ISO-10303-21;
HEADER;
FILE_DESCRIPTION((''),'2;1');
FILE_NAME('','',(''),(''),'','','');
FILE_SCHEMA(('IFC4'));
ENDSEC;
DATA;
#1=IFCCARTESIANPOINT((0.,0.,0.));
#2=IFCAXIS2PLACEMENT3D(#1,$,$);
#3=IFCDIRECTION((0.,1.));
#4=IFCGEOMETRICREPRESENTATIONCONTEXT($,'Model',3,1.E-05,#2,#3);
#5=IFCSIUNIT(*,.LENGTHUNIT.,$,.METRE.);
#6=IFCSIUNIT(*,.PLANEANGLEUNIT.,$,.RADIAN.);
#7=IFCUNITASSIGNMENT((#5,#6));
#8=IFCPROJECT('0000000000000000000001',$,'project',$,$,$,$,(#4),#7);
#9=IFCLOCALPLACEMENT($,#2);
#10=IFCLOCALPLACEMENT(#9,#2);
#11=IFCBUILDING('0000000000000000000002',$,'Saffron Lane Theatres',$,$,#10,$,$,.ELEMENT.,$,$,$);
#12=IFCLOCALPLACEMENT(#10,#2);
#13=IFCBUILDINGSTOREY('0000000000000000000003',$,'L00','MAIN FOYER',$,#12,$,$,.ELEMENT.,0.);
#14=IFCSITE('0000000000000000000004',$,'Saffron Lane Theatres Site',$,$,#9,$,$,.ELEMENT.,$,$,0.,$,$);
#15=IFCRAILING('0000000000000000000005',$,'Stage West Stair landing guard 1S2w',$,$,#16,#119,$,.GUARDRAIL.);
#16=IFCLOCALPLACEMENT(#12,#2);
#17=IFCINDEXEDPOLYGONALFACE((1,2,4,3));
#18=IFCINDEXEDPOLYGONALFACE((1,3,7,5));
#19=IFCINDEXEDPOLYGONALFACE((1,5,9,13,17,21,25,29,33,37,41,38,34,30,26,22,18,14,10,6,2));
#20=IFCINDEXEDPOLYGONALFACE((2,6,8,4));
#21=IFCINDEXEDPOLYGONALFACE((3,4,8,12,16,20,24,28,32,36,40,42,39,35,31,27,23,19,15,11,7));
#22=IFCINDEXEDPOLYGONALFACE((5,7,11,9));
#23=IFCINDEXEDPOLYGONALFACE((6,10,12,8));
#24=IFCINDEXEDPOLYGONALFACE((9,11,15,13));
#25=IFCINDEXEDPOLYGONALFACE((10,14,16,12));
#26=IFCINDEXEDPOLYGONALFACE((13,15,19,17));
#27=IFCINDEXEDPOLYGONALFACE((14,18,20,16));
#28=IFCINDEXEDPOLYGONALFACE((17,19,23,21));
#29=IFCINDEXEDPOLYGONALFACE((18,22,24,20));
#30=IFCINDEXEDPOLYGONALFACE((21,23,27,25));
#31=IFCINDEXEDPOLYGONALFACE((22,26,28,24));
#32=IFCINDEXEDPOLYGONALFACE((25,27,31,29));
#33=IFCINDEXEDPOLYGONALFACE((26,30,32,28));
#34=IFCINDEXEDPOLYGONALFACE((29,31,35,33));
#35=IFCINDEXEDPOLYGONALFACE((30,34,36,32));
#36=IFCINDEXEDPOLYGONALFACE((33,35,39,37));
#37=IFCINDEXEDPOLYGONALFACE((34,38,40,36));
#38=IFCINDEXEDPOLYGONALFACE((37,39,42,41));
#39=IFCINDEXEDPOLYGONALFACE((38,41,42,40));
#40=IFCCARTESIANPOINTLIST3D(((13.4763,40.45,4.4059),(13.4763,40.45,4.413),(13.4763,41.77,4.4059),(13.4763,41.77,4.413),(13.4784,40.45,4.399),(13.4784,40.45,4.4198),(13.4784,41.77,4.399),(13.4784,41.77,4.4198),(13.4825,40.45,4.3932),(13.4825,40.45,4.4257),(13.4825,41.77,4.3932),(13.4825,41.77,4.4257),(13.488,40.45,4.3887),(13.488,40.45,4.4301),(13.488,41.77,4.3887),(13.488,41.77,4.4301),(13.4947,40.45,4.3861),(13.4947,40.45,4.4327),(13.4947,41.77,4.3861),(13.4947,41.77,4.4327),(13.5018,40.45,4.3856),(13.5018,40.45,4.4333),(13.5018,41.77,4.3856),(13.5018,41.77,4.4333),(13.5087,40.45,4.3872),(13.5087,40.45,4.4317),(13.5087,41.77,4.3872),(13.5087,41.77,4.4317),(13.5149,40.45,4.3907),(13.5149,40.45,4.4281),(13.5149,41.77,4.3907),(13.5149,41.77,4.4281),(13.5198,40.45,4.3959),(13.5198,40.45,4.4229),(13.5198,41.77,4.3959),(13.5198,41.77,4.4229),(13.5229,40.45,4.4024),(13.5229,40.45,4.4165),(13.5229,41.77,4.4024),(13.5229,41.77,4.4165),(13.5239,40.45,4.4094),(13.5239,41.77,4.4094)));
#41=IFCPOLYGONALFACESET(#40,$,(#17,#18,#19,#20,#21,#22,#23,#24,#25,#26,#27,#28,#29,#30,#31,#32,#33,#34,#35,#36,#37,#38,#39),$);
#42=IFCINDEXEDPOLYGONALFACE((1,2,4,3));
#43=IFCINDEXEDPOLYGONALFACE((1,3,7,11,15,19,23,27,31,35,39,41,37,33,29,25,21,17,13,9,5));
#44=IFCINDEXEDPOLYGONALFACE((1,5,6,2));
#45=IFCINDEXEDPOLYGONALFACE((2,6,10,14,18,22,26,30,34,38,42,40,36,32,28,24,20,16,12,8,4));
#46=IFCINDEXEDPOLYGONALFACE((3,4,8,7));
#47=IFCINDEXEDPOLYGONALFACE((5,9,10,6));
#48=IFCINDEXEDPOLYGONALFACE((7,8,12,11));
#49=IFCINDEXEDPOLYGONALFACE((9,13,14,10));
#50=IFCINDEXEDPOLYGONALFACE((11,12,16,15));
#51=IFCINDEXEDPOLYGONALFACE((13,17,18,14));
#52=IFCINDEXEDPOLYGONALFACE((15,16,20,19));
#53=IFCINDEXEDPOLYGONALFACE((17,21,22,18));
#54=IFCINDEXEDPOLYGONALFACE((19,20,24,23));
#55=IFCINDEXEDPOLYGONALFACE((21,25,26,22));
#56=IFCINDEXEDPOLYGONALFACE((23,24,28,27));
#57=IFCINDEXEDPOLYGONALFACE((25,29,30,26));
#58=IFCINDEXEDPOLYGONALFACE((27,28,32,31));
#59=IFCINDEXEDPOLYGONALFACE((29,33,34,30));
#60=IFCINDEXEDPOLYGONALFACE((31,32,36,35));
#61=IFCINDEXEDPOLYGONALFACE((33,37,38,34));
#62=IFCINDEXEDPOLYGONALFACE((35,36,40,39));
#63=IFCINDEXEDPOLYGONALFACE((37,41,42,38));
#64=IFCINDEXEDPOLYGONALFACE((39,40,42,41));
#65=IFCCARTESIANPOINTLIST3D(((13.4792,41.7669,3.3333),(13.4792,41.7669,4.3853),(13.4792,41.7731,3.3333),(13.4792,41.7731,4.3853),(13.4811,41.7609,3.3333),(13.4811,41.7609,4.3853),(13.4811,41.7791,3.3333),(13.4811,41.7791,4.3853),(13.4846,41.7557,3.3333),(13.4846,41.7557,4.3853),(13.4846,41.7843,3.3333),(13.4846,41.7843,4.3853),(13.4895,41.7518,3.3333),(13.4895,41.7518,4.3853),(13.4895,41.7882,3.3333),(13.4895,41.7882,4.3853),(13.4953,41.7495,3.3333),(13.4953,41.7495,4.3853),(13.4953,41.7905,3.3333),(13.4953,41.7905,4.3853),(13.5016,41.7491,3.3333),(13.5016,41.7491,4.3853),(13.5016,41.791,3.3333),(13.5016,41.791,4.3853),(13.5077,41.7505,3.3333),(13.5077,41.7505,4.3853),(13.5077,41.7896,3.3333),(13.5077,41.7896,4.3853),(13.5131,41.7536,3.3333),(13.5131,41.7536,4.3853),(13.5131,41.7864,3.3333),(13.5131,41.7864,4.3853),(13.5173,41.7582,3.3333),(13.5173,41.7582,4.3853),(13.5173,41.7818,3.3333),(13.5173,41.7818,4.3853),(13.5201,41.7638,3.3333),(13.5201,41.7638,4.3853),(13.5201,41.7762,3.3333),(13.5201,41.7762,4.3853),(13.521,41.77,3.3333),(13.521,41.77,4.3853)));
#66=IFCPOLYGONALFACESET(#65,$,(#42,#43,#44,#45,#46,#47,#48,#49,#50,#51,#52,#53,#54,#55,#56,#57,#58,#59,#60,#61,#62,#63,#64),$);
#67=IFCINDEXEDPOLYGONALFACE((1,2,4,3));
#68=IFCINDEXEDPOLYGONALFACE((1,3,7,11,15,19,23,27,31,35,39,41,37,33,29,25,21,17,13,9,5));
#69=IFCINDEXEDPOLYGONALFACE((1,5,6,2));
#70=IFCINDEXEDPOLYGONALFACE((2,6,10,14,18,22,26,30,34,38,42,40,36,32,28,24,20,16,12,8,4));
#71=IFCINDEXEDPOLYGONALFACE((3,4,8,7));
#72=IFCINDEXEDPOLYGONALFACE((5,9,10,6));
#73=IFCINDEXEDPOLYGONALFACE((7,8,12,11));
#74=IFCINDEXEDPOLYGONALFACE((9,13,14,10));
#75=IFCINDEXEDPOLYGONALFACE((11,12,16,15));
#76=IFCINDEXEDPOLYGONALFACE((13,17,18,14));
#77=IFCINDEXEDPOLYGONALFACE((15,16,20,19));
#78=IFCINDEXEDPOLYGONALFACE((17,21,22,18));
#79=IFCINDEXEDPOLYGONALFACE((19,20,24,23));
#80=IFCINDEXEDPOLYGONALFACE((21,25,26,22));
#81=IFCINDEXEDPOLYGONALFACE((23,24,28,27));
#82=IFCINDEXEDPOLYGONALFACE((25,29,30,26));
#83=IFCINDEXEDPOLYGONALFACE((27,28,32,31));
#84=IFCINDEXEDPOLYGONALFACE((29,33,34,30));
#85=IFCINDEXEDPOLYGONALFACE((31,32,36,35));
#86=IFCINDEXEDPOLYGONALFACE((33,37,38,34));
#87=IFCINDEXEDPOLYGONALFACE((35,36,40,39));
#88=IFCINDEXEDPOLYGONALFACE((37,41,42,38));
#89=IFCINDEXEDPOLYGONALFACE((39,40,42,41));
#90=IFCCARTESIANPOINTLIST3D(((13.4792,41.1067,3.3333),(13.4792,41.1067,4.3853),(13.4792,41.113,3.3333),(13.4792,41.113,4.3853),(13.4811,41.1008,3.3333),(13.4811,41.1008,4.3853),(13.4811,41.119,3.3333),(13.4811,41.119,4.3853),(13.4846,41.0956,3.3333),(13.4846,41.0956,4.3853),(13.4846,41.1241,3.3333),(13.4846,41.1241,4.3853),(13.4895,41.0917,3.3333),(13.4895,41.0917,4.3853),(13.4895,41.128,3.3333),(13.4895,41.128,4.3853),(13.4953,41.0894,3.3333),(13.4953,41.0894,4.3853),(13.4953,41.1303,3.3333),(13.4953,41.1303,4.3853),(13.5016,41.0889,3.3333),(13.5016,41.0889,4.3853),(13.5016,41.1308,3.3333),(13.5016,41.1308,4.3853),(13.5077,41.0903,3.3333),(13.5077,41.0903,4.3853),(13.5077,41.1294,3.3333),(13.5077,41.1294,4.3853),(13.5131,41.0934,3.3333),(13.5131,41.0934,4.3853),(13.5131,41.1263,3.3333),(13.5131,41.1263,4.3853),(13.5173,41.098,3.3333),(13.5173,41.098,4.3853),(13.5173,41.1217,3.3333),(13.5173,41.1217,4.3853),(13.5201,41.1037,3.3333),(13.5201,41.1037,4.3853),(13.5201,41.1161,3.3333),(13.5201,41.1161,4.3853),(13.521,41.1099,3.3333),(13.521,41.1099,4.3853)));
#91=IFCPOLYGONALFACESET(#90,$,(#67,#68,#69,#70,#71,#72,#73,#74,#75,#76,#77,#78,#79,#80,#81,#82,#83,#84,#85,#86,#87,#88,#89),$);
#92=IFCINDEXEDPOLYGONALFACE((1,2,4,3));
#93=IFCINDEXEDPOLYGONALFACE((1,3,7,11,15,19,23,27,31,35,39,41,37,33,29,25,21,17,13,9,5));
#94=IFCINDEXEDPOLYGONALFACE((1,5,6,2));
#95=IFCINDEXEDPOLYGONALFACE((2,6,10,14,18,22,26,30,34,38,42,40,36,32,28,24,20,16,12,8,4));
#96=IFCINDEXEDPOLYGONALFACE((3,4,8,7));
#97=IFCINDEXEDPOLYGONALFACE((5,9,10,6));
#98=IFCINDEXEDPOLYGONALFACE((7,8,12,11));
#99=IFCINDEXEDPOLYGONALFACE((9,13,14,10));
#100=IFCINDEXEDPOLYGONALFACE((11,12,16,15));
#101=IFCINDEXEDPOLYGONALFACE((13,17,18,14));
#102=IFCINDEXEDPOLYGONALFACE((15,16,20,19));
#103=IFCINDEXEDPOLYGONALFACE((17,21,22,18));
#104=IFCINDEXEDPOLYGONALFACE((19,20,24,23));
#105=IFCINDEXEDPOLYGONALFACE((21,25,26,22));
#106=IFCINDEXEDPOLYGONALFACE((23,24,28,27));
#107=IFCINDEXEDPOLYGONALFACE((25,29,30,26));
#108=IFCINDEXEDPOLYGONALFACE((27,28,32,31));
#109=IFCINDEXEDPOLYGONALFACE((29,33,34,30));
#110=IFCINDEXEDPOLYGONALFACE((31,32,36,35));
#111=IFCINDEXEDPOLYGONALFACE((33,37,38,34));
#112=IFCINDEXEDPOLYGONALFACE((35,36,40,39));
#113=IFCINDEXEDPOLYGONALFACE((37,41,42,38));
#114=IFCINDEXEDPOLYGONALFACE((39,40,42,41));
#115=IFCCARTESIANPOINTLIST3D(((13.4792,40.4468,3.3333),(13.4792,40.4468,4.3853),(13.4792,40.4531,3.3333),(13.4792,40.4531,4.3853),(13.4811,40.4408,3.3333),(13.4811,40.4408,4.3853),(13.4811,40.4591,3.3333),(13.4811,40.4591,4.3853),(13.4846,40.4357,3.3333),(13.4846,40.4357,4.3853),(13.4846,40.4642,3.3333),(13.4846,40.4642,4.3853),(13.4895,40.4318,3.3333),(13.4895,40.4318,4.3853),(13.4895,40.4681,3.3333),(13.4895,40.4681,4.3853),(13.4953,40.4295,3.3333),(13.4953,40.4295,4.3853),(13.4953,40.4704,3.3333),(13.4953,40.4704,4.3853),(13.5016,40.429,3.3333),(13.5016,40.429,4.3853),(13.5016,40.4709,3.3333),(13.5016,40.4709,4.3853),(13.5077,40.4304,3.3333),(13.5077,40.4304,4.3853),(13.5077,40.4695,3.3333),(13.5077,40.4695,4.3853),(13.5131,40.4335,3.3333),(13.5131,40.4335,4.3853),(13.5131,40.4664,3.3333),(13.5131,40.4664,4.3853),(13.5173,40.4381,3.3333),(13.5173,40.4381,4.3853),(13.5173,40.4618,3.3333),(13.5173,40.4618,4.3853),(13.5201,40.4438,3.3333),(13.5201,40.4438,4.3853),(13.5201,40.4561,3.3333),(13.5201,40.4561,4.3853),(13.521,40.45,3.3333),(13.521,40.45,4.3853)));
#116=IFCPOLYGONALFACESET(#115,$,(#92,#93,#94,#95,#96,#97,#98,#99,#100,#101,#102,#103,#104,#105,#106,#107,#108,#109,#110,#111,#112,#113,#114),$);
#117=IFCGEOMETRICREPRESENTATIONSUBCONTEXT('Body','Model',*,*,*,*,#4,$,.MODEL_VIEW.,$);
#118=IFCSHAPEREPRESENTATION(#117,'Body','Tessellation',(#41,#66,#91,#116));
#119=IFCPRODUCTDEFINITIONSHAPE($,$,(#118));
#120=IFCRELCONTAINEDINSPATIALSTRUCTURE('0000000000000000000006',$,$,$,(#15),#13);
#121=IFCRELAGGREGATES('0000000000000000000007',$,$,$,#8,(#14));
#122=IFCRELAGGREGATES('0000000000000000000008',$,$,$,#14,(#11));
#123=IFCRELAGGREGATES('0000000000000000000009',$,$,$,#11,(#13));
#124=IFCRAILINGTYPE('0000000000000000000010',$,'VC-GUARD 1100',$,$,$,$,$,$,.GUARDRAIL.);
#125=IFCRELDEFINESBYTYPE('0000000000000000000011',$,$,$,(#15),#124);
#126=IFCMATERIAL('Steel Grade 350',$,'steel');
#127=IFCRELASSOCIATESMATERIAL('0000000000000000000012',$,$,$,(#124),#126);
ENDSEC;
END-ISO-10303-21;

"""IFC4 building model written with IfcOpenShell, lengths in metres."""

from ifc_helpers import new_model, si_unit, direction, frame, origin, origin_2d, place, context, subcontext, project, spatial, circle, extrude, material, type_object, element, save


model = new_model("IFC4")

# Units and contexts
model_context = context("Model", 3, precision=1e-05, world=origin(), true_north=direction((0.0, 1.0)))
body_context = subcontext(model_context, "Body", "Model", "MODEL_VIEW")
ifc_project = project(units=[si_unit("LENGTHUNIT", "METRE"), si_unit("PLANEANGLEUNIT", "RADIAN")], contexts=[model_context])

# Site, building, storey
site_placement = place(None, origin())
site = spatial("IfcSite", under=ifc_project, at=site_placement, Name="Saffron Lane Theatres Site", CompositionType="ELEMENT", RefElevation=0.0)
building_placement = place(site_placement, origin())
building = spatial("IfcBuilding", under=site, at=building_placement, Name="Saffron Lane Theatres", CompositionType="ELEMENT")
storey_placement = place(building_placement, origin())
storey = spatial("IfcBuildingStorey", under=building, at=storey_placement, Name="L00", Description="MAIN FOYER", CompositionType="ELEMENT", Elevation=0.0)

# Railing
ifc_material_1 = material(Name="Steel Grade 350", Category="steel")
railing_type_1 = type_object("IfcRailingType", Name="VC-GUARD 1100", PredefinedType="GUARDRAIL", material=ifc_material_1)
railing_1_placement = place(storey_placement, frame((13.5, 41.77, 3.3333)))
element("IfcRailing", 1, at=railing_1_placement, inside=storey, type_object=railing_type_1, Name="Stage West Stair landing guard 1S2w", PredefinedType="GUARDRAIL", context=body_context, shape_type="SweptSolid", body=[
    extrude(circle(Radius=0.0239, at=origin_2d()), frame((0.0, 0.0, 1.0762), z_axis=(0.0, -1.0, 0.0), x_axis=(1.0, 0.0, 0.0)), (0.0, 0.0, 1.0), 1.3201),
    extrude(circle(Radius=0.021, at=origin_2d()), origin(), (0.0, 0.0, 1.0), 1.052),
    extrude(circle(Radius=0.021, at=origin_2d()), frame((0.0, -0.6602, 0.0)), (0.0, 0.0, 1.0), 1.052),
    extrude(circle(Radius=0.021, at=origin_2d()), frame((0.0, -1.3201, 0.0)), (0.0, 0.0, 1.0), 1.052),
])

save(model, "model.ifc")
